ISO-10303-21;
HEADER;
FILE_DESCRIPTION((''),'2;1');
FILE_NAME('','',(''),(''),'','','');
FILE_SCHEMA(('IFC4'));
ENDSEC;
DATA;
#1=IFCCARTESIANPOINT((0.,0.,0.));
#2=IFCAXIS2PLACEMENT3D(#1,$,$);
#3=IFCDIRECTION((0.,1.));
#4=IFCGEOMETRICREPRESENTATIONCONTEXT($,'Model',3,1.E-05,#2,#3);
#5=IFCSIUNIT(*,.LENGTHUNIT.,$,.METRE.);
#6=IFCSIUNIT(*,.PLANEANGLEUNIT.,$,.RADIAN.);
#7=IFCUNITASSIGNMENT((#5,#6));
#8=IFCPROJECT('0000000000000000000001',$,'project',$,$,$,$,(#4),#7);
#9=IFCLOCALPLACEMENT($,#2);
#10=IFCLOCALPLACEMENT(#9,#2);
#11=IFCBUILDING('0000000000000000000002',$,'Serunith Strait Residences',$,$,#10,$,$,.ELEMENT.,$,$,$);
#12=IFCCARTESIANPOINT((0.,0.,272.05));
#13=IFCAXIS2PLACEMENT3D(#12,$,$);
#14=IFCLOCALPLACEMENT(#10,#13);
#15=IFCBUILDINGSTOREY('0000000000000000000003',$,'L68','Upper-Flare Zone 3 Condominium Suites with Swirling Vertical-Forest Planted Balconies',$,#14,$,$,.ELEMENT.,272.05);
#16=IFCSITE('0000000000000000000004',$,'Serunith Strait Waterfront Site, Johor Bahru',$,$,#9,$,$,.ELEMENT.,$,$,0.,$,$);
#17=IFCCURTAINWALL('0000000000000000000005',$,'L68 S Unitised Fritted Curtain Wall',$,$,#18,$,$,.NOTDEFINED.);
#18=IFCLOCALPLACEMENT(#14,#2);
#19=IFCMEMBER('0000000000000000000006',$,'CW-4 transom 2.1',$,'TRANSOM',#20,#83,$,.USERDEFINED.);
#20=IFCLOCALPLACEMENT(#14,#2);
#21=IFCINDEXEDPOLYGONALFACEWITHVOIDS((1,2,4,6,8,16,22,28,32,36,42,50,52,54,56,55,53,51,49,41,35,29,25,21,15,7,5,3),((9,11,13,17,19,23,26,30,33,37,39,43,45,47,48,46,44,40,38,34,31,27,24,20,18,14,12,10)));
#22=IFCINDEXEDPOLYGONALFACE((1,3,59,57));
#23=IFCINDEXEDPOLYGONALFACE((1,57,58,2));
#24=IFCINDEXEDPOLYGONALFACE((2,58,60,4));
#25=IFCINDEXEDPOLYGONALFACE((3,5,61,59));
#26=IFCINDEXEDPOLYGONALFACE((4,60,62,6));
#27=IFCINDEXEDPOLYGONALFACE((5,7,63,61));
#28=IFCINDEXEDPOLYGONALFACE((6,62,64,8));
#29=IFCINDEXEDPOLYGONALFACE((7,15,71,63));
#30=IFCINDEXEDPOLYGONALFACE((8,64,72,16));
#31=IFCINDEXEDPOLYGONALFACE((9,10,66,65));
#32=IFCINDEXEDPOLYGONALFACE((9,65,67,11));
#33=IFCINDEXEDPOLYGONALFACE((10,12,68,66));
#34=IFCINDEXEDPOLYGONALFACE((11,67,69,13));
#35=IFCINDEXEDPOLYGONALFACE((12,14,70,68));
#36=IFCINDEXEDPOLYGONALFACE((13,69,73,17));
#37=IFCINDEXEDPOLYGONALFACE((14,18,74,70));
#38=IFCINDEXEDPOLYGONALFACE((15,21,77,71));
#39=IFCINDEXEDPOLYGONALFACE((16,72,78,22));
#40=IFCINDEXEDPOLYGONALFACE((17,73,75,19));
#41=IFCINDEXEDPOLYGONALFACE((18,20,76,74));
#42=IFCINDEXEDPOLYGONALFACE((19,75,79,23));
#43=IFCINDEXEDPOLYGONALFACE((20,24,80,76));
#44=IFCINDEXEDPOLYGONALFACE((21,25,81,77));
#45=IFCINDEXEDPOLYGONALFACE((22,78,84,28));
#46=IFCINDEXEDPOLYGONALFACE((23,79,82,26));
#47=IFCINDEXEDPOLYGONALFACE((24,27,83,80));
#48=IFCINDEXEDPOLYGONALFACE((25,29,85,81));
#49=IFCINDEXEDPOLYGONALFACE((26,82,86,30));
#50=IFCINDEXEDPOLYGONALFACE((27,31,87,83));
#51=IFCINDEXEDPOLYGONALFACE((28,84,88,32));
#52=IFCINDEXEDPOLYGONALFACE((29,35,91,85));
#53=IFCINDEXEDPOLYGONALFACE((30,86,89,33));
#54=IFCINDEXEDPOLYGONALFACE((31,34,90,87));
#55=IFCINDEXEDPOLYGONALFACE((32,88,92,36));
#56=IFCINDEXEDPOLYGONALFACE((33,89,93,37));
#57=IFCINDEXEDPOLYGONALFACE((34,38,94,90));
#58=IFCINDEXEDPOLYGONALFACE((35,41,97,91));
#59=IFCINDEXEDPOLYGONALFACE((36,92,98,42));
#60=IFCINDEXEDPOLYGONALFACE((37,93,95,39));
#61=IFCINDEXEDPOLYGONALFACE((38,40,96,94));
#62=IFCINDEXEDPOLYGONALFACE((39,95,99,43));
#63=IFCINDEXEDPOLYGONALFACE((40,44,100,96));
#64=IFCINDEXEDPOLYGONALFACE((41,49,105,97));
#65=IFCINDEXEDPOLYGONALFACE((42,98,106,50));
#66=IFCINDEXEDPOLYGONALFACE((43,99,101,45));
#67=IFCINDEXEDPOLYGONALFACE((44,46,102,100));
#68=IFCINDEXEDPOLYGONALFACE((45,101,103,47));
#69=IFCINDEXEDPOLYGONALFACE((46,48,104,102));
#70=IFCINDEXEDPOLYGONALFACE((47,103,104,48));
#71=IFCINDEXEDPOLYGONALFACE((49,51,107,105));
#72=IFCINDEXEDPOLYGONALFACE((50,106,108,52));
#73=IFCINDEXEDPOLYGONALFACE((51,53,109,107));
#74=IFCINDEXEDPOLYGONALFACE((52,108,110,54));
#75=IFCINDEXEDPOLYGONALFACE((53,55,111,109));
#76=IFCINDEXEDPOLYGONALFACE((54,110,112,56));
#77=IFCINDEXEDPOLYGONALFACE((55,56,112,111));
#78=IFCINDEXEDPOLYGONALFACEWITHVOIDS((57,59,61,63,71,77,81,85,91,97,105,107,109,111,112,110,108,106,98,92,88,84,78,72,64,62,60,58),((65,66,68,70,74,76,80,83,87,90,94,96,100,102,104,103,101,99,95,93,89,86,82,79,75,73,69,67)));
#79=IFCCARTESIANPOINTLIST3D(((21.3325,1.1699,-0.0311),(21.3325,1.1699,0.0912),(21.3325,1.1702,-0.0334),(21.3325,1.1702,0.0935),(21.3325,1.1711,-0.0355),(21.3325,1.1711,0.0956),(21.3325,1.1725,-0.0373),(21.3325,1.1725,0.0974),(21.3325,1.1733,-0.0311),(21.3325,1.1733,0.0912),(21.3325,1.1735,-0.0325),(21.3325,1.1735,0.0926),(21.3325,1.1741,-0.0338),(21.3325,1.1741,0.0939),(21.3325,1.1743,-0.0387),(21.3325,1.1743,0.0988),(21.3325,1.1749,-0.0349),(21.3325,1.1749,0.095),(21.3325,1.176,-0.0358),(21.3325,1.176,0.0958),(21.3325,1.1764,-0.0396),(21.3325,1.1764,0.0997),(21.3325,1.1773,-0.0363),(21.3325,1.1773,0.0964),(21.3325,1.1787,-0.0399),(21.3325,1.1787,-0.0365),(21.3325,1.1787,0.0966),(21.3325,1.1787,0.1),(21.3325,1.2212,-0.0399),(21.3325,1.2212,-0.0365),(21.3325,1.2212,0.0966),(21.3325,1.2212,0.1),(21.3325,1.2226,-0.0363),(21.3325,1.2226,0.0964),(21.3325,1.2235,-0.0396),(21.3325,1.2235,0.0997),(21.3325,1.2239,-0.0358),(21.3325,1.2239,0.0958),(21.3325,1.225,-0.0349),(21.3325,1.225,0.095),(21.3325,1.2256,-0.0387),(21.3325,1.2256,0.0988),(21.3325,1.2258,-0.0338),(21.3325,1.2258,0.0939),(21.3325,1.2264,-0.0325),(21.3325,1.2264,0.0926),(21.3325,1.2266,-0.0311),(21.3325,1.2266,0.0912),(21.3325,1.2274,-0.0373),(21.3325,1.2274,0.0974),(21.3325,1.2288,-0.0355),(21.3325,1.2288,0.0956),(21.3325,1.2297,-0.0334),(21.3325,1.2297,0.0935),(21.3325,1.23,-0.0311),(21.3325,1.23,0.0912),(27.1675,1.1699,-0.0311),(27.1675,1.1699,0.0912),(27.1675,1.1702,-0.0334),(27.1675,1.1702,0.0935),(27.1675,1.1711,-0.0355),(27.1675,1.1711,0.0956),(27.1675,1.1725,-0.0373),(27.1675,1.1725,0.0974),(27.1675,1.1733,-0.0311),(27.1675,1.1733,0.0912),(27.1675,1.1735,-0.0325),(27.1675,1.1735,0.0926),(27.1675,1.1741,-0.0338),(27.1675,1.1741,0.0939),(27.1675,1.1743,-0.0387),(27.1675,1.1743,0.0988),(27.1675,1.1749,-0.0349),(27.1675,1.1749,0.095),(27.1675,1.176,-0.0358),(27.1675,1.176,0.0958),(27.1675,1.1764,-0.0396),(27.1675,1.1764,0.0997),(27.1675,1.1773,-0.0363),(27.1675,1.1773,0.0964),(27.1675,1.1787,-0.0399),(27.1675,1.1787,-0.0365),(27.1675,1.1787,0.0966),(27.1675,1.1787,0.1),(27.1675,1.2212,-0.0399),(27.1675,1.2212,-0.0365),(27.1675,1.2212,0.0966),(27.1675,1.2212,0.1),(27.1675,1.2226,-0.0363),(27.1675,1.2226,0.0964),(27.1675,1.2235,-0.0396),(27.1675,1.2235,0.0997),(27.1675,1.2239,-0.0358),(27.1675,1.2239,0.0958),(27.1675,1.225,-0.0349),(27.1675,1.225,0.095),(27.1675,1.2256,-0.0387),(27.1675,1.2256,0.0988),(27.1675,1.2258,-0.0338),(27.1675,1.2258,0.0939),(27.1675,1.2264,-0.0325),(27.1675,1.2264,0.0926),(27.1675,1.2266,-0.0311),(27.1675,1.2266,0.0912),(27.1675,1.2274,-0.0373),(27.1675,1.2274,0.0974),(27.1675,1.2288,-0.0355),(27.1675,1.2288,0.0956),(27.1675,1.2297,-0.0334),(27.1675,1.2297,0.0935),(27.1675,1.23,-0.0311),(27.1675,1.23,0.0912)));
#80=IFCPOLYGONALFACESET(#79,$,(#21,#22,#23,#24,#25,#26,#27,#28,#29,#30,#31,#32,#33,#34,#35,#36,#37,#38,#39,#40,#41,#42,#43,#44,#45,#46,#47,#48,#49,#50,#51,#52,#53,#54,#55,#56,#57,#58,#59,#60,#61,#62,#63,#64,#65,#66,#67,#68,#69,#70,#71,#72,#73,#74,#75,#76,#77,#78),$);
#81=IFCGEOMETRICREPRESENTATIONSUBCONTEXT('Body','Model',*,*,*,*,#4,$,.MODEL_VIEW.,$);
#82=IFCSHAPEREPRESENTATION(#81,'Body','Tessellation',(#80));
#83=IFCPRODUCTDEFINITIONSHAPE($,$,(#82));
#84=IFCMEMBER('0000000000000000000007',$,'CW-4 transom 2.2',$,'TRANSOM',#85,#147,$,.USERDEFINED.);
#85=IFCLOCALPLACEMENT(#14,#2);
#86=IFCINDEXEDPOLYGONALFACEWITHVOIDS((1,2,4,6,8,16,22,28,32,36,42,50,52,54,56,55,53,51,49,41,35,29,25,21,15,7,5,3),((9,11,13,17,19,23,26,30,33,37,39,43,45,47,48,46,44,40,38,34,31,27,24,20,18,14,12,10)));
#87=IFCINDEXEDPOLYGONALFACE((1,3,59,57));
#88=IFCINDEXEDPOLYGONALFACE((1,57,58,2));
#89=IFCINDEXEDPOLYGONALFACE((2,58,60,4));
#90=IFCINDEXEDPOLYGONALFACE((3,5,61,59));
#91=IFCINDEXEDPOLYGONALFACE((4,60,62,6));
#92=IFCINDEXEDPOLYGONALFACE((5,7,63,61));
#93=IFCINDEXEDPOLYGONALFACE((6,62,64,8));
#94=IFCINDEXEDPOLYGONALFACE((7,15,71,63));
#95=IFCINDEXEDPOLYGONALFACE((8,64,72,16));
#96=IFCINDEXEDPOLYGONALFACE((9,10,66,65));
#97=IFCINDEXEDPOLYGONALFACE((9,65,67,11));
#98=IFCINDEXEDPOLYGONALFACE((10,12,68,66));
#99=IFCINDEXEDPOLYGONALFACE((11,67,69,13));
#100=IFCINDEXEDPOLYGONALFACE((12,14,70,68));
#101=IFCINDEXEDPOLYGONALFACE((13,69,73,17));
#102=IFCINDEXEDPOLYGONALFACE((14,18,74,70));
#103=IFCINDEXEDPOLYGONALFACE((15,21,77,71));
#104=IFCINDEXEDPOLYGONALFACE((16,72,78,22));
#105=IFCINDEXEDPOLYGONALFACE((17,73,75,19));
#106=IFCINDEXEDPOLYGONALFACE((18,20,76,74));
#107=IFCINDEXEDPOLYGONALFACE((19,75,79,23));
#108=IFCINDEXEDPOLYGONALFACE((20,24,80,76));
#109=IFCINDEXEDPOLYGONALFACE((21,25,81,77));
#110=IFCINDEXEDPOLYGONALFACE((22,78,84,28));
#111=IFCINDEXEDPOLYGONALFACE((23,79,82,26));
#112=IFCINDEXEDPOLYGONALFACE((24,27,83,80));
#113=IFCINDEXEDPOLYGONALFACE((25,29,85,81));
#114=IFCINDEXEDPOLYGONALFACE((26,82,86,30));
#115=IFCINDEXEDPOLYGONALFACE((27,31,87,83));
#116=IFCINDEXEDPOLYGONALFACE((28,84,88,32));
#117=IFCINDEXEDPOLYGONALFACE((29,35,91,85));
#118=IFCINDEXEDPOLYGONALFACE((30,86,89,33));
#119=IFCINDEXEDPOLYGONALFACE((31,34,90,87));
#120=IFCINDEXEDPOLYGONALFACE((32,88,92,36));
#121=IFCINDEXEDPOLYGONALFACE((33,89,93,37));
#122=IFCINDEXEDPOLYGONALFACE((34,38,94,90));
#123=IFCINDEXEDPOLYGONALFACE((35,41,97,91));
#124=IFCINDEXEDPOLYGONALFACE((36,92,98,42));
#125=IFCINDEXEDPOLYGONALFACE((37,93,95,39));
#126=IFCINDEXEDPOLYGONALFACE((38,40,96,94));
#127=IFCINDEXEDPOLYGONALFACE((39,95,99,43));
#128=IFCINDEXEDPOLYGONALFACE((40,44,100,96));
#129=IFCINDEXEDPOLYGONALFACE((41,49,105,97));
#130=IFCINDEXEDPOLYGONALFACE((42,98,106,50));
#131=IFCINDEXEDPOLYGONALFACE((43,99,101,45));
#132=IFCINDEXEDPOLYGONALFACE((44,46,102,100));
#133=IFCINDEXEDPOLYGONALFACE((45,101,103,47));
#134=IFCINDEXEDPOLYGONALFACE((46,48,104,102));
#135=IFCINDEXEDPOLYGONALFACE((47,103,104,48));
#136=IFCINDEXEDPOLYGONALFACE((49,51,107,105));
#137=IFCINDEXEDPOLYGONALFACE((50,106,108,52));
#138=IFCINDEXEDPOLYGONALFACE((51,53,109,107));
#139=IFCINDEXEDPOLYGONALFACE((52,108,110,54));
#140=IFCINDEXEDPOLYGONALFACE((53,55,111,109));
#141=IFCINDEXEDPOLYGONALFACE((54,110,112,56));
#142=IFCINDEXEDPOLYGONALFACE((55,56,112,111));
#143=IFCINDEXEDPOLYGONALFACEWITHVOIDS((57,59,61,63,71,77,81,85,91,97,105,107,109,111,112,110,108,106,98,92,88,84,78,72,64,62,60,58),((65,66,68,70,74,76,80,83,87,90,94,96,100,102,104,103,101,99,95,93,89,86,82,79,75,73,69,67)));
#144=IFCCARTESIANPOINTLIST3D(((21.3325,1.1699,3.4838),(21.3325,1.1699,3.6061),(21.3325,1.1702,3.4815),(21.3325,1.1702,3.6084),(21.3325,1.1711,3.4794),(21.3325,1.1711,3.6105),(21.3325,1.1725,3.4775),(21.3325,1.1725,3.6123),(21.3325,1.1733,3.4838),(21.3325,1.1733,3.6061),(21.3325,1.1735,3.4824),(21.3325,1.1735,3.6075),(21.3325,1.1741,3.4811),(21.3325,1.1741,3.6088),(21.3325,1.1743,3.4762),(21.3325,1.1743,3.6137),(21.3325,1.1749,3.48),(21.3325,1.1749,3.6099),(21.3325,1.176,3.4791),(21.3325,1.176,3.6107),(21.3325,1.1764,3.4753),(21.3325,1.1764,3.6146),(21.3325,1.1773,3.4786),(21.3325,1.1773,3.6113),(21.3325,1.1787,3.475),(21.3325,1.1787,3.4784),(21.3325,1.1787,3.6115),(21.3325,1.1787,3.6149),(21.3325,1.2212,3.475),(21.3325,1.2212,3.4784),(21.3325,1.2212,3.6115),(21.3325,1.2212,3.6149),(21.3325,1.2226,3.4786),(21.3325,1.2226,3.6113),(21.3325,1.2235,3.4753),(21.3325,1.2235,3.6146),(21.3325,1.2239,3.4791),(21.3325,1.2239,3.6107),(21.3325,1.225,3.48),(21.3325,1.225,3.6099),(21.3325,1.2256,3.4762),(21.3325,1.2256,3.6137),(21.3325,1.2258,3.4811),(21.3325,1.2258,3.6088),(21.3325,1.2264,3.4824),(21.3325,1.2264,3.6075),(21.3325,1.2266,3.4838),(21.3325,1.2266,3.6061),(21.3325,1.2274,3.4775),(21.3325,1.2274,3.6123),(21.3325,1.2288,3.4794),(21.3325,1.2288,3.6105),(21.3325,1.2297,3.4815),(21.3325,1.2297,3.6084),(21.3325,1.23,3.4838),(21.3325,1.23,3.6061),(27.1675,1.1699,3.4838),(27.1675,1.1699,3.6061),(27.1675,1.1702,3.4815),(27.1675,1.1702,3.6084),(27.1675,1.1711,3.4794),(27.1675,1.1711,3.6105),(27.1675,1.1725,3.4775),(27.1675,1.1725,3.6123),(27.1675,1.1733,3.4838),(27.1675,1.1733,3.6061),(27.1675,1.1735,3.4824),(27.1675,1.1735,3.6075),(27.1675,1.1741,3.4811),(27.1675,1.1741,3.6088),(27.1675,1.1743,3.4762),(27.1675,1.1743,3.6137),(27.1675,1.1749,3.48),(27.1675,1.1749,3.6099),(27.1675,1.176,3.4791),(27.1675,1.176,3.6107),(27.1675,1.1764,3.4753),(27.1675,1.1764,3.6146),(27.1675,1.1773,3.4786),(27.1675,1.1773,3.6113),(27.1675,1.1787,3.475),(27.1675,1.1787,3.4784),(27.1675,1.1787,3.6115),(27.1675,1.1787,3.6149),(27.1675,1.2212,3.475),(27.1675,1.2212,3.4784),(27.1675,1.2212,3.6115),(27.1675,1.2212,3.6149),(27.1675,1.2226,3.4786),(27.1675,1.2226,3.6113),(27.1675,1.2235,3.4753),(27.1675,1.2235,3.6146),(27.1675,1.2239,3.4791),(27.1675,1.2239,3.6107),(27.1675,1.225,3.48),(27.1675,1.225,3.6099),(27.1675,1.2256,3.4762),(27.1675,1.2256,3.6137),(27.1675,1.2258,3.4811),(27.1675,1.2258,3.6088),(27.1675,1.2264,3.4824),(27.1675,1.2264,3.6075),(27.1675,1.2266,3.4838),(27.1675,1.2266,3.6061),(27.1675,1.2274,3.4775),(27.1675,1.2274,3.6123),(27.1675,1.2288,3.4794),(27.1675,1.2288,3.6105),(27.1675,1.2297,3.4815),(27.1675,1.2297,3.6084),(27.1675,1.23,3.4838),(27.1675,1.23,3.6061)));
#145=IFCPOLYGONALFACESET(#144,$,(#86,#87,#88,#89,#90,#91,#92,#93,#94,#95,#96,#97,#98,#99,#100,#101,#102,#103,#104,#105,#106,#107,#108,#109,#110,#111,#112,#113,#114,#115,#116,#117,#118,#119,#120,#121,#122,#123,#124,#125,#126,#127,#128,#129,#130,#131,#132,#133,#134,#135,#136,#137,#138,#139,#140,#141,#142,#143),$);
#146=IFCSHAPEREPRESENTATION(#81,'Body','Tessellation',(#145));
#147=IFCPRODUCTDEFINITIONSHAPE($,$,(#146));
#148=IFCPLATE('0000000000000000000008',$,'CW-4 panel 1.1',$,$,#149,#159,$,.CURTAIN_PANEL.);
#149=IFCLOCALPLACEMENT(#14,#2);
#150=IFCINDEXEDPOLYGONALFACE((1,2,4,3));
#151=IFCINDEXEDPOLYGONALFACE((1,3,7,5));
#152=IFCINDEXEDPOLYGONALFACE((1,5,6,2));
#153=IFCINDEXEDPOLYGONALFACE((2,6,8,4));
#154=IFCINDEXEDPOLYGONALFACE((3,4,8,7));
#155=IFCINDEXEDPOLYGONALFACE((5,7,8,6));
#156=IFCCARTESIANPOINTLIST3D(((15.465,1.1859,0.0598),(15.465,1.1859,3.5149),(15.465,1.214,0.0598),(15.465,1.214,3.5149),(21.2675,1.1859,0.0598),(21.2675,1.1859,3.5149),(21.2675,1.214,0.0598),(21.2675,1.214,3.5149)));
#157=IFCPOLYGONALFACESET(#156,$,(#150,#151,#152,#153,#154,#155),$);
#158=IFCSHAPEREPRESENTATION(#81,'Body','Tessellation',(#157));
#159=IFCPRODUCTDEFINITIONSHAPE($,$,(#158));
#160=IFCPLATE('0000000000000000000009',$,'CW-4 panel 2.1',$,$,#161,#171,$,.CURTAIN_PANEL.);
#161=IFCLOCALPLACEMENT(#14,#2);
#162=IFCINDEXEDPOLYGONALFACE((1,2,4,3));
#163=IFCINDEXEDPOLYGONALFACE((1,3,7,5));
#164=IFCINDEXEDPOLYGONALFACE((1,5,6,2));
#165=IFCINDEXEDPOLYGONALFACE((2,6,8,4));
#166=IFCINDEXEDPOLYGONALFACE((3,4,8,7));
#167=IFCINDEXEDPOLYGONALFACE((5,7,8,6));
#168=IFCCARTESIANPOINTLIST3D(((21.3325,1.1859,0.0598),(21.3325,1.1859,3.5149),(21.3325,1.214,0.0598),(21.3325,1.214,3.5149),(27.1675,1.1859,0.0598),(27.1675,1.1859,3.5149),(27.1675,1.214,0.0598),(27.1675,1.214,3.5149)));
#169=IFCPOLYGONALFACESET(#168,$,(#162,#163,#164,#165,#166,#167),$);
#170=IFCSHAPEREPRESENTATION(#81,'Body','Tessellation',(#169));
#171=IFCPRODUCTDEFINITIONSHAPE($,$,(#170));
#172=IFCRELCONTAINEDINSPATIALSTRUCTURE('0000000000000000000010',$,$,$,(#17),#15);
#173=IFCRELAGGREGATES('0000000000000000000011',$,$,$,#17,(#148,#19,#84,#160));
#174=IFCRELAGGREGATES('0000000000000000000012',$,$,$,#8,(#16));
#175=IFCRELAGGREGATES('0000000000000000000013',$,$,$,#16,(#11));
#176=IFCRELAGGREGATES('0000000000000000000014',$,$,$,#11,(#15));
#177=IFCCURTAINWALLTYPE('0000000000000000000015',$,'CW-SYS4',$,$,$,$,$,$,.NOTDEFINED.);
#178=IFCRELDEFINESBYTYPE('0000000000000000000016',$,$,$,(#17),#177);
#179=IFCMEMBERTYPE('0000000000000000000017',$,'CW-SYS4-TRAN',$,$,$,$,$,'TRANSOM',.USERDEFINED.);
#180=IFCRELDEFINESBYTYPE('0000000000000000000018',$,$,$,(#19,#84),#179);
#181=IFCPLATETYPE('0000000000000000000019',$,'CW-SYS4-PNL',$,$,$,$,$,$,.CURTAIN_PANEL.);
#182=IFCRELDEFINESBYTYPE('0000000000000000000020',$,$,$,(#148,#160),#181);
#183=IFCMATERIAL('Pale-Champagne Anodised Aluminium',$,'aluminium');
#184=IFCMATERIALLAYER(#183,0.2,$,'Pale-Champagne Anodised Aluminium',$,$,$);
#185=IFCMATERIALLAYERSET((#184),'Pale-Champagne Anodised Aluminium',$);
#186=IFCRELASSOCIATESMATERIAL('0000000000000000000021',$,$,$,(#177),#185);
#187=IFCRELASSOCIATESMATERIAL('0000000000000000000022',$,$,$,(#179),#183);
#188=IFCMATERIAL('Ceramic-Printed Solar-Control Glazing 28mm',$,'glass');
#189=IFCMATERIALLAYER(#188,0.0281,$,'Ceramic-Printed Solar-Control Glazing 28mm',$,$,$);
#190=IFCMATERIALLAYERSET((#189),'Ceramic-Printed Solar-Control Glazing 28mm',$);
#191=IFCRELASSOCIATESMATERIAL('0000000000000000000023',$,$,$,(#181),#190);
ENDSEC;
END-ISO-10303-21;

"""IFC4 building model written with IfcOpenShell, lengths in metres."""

from ifc_helpers import new_model, si_unit, direction, frame, origin, origin_2d, place, context, subcontext, project, spatial, rectangle, hollow_rectangle, extrude, source, transform, mapped, material, layer, layer_set, material_profile, profile_set, type_object, element, aggregate, save


model = new_model("IFC4")

# Units and contexts
model_context = context("Model", 3, precision=1e-05, world=origin(), true_north=direction((0.0, 1.0)))
body_context = subcontext(model_context, "Body", "Model", "MODEL_VIEW")
ifc_project = project(units=[si_unit("LENGTHUNIT", "METRE"), si_unit("PLANEANGLEUNIT", "RADIAN")], contexts=[model_context])

# Site, building, storey
site_placement = place(None, origin())
site = spatial("IfcSite", under=ifc_project, at=site_placement, Name="Serunith Strait Waterfront Site, Johor Bahru", CompositionType="ELEMENT", RefElevation=0.0)
building_placement = place(site_placement, origin())
building = spatial("IfcBuilding", under=site, at=building_placement, Name="Serunith Strait Residences", CompositionType="ELEMENT")
storey_placement = place(building_placement, frame((0.0, 0.0, 272.05)))
storey = spatial("IfcBuildingStorey", under=building, at=storey_placement, Name="L68", Description="Upper-Flare Zone 3 Condominium Suites with Swirling Vertical-Forest Planted Balconies", CompositionType="ELEMENT", Elevation=272.05)

# Curtain wall, members, plates
ifc_material_1 = material(Name="Pale-Champagne Anodised Aluminium", Category="aluminium")
ifc_layer_1 = layer(ifc_material_1, 0.2, Name="Pale-Champagne Anodised Aluminium")
ifc_layer_set_1 = layer_set([ifc_layer_1], Name="Pale-Champagne Anodised Aluminium")
curtain_wall_type = type_object("IfcCurtainWallType", Name="CW-SYS4", PredefinedType="NOTDEFINED", material=ifc_layer_set_1)
curtain_wall_placement = place(storey_placement, origin())
curtain_wall = element("IfcCurtainWall", 1, at=curtain_wall_placement, inside=storey, type_object=curtain_wall_type, Name="L68 S Unitised Fritted Curtain Wall", PredefinedType="NOTDEFINED")
ifc_material_profile_1 = material_profile(ifc_material_1, hollow_rectangle(XDim=0.0601, YDim=0.1399, WallThickness=0.0034, InnerFilletRadius=0.0054, OuterFilletRadius=0.0088, at=origin_2d()), Name="ALU 140x60x3.5")
ifc_profile_set_1 = profile_set([ifc_material_profile_1], Name="Pale-Champagne Anodised Aluminium")
member_type_1 = type_object("IfcMemberType", Name="CW-SYS4-TRAN", ElementType="TRANSOM", PredefinedType="USERDEFINED", material=ifc_profile_set_1)
shared_shape_1 = source(origin(), body_context, "Body", "SweptSolid", [
    extrude(hollow_rectangle(XDim=0.0601, YDim=0.1399, WallThickness=0.0034, InnerFilletRadius=0.0054, OuterFilletRadius=0.0088, at=origin_2d()), origin(), (0.0, 0.0, 1.0), 5.835),
])
member_1_placement = place(storey_placement, frame((21.3325, 1.2, 0.03), z_axis=(1.0, 0.0, 0.0), x_axis=(0.0, 1.0, 0.0)))
member_1 = element("IfcMember", 2, at=member_1_placement, type_object=member_type_1, Name="CW-4 transom 2.1", ObjectType="TRANSOM", PredefinedType="USERDEFINED", context=body_context, shape_type="MappedRepresentation", body=[
    mapped(shared_shape_1, transform((0.0, 0.0, 0.0), scale=1.0)),
])
member_2_placement = place(storey_placement, frame((21.3325, 1.2, 3.5449), z_axis=(1.0, 0.0, 0.0), x_axis=(0.0, 1.0, 0.0)))
member_2 = element("IfcMember", 3, at=member_2_placement, type_object=member_type_1, Name="CW-4 transom 2.2", ObjectType="TRANSOM", PredefinedType="USERDEFINED", context=body_context, shape_type="MappedRepresentation", body=[
    mapped(shared_shape_1, transform((0.0, 0.0, 0.0), scale=1.0)),
])
ifc_material_2 = material(Name="Ceramic-Printed Solar-Control Glazing 28mm", Category="glass")
ifc_layer_2 = layer(ifc_material_2, 0.0281, Name="Ceramic-Printed Solar-Control Glazing 28mm")
ifc_layer_set_2 = layer_set([ifc_layer_2], Name="Ceramic-Printed Solar-Control Glazing 28mm")
plate_type = type_object("IfcPlateType", Name="CW-SYS4-PNL", PredefinedType="CURTAIN_PANEL", material=ifc_layer_set_2)
shared_shape_2 = source(origin(), body_context, "Body", "SweptSolid", [
    extrude(rectangle(XDim=5.8025, YDim=0.0281, at=origin_2d()), origin(), (0.0, 0.0, 1.0), 3.4551),
])
plate_1_placement = place(storey_placement, frame((18.3662, 1.2, 0.0598), z_axis=(0.0, 0.0, 1.0), x_axis=(1.0, 0.0, 0.0)))
plate_1 = element("IfcPlate", 4, at=plate_1_placement, type_object=plate_type, Name="CW-4 panel 1.1", PredefinedType="CURTAIN_PANEL", context=body_context, shape_type="MappedRepresentation", body=[
    mapped(shared_shape_2, transform((0.0, 0.0, 0.0), scale=1.0)),
])
shared_shape_3 = source(origin(), body_context, "Body", "SweptSolid", [
    extrude(rectangle(XDim=5.835, YDim=0.0281, at=origin_2d()), origin(), (0.0, 0.0, 1.0), 3.4551),
])
plate_2_placement = place(storey_placement, frame((24.25, 1.2, 0.0598), z_axis=(0.0, 0.0, 1.0), x_axis=(1.0, 0.0, 0.0)))
plate_2 = element("IfcPlate", 5, at=plate_2_placement, type_object=plate_type, Name="CW-4 panel 2.1", PredefinedType="CURTAIN_PANEL", context=body_context, shape_type="MappedRepresentation", body=[
    mapped(shared_shape_3, transform((0.0, 0.0, 0.0), scale=1.0)),
])
aggregate(curtain_wall, [plate_1, member_1, member_2, plate_2])

save(model, "model.ifc")
